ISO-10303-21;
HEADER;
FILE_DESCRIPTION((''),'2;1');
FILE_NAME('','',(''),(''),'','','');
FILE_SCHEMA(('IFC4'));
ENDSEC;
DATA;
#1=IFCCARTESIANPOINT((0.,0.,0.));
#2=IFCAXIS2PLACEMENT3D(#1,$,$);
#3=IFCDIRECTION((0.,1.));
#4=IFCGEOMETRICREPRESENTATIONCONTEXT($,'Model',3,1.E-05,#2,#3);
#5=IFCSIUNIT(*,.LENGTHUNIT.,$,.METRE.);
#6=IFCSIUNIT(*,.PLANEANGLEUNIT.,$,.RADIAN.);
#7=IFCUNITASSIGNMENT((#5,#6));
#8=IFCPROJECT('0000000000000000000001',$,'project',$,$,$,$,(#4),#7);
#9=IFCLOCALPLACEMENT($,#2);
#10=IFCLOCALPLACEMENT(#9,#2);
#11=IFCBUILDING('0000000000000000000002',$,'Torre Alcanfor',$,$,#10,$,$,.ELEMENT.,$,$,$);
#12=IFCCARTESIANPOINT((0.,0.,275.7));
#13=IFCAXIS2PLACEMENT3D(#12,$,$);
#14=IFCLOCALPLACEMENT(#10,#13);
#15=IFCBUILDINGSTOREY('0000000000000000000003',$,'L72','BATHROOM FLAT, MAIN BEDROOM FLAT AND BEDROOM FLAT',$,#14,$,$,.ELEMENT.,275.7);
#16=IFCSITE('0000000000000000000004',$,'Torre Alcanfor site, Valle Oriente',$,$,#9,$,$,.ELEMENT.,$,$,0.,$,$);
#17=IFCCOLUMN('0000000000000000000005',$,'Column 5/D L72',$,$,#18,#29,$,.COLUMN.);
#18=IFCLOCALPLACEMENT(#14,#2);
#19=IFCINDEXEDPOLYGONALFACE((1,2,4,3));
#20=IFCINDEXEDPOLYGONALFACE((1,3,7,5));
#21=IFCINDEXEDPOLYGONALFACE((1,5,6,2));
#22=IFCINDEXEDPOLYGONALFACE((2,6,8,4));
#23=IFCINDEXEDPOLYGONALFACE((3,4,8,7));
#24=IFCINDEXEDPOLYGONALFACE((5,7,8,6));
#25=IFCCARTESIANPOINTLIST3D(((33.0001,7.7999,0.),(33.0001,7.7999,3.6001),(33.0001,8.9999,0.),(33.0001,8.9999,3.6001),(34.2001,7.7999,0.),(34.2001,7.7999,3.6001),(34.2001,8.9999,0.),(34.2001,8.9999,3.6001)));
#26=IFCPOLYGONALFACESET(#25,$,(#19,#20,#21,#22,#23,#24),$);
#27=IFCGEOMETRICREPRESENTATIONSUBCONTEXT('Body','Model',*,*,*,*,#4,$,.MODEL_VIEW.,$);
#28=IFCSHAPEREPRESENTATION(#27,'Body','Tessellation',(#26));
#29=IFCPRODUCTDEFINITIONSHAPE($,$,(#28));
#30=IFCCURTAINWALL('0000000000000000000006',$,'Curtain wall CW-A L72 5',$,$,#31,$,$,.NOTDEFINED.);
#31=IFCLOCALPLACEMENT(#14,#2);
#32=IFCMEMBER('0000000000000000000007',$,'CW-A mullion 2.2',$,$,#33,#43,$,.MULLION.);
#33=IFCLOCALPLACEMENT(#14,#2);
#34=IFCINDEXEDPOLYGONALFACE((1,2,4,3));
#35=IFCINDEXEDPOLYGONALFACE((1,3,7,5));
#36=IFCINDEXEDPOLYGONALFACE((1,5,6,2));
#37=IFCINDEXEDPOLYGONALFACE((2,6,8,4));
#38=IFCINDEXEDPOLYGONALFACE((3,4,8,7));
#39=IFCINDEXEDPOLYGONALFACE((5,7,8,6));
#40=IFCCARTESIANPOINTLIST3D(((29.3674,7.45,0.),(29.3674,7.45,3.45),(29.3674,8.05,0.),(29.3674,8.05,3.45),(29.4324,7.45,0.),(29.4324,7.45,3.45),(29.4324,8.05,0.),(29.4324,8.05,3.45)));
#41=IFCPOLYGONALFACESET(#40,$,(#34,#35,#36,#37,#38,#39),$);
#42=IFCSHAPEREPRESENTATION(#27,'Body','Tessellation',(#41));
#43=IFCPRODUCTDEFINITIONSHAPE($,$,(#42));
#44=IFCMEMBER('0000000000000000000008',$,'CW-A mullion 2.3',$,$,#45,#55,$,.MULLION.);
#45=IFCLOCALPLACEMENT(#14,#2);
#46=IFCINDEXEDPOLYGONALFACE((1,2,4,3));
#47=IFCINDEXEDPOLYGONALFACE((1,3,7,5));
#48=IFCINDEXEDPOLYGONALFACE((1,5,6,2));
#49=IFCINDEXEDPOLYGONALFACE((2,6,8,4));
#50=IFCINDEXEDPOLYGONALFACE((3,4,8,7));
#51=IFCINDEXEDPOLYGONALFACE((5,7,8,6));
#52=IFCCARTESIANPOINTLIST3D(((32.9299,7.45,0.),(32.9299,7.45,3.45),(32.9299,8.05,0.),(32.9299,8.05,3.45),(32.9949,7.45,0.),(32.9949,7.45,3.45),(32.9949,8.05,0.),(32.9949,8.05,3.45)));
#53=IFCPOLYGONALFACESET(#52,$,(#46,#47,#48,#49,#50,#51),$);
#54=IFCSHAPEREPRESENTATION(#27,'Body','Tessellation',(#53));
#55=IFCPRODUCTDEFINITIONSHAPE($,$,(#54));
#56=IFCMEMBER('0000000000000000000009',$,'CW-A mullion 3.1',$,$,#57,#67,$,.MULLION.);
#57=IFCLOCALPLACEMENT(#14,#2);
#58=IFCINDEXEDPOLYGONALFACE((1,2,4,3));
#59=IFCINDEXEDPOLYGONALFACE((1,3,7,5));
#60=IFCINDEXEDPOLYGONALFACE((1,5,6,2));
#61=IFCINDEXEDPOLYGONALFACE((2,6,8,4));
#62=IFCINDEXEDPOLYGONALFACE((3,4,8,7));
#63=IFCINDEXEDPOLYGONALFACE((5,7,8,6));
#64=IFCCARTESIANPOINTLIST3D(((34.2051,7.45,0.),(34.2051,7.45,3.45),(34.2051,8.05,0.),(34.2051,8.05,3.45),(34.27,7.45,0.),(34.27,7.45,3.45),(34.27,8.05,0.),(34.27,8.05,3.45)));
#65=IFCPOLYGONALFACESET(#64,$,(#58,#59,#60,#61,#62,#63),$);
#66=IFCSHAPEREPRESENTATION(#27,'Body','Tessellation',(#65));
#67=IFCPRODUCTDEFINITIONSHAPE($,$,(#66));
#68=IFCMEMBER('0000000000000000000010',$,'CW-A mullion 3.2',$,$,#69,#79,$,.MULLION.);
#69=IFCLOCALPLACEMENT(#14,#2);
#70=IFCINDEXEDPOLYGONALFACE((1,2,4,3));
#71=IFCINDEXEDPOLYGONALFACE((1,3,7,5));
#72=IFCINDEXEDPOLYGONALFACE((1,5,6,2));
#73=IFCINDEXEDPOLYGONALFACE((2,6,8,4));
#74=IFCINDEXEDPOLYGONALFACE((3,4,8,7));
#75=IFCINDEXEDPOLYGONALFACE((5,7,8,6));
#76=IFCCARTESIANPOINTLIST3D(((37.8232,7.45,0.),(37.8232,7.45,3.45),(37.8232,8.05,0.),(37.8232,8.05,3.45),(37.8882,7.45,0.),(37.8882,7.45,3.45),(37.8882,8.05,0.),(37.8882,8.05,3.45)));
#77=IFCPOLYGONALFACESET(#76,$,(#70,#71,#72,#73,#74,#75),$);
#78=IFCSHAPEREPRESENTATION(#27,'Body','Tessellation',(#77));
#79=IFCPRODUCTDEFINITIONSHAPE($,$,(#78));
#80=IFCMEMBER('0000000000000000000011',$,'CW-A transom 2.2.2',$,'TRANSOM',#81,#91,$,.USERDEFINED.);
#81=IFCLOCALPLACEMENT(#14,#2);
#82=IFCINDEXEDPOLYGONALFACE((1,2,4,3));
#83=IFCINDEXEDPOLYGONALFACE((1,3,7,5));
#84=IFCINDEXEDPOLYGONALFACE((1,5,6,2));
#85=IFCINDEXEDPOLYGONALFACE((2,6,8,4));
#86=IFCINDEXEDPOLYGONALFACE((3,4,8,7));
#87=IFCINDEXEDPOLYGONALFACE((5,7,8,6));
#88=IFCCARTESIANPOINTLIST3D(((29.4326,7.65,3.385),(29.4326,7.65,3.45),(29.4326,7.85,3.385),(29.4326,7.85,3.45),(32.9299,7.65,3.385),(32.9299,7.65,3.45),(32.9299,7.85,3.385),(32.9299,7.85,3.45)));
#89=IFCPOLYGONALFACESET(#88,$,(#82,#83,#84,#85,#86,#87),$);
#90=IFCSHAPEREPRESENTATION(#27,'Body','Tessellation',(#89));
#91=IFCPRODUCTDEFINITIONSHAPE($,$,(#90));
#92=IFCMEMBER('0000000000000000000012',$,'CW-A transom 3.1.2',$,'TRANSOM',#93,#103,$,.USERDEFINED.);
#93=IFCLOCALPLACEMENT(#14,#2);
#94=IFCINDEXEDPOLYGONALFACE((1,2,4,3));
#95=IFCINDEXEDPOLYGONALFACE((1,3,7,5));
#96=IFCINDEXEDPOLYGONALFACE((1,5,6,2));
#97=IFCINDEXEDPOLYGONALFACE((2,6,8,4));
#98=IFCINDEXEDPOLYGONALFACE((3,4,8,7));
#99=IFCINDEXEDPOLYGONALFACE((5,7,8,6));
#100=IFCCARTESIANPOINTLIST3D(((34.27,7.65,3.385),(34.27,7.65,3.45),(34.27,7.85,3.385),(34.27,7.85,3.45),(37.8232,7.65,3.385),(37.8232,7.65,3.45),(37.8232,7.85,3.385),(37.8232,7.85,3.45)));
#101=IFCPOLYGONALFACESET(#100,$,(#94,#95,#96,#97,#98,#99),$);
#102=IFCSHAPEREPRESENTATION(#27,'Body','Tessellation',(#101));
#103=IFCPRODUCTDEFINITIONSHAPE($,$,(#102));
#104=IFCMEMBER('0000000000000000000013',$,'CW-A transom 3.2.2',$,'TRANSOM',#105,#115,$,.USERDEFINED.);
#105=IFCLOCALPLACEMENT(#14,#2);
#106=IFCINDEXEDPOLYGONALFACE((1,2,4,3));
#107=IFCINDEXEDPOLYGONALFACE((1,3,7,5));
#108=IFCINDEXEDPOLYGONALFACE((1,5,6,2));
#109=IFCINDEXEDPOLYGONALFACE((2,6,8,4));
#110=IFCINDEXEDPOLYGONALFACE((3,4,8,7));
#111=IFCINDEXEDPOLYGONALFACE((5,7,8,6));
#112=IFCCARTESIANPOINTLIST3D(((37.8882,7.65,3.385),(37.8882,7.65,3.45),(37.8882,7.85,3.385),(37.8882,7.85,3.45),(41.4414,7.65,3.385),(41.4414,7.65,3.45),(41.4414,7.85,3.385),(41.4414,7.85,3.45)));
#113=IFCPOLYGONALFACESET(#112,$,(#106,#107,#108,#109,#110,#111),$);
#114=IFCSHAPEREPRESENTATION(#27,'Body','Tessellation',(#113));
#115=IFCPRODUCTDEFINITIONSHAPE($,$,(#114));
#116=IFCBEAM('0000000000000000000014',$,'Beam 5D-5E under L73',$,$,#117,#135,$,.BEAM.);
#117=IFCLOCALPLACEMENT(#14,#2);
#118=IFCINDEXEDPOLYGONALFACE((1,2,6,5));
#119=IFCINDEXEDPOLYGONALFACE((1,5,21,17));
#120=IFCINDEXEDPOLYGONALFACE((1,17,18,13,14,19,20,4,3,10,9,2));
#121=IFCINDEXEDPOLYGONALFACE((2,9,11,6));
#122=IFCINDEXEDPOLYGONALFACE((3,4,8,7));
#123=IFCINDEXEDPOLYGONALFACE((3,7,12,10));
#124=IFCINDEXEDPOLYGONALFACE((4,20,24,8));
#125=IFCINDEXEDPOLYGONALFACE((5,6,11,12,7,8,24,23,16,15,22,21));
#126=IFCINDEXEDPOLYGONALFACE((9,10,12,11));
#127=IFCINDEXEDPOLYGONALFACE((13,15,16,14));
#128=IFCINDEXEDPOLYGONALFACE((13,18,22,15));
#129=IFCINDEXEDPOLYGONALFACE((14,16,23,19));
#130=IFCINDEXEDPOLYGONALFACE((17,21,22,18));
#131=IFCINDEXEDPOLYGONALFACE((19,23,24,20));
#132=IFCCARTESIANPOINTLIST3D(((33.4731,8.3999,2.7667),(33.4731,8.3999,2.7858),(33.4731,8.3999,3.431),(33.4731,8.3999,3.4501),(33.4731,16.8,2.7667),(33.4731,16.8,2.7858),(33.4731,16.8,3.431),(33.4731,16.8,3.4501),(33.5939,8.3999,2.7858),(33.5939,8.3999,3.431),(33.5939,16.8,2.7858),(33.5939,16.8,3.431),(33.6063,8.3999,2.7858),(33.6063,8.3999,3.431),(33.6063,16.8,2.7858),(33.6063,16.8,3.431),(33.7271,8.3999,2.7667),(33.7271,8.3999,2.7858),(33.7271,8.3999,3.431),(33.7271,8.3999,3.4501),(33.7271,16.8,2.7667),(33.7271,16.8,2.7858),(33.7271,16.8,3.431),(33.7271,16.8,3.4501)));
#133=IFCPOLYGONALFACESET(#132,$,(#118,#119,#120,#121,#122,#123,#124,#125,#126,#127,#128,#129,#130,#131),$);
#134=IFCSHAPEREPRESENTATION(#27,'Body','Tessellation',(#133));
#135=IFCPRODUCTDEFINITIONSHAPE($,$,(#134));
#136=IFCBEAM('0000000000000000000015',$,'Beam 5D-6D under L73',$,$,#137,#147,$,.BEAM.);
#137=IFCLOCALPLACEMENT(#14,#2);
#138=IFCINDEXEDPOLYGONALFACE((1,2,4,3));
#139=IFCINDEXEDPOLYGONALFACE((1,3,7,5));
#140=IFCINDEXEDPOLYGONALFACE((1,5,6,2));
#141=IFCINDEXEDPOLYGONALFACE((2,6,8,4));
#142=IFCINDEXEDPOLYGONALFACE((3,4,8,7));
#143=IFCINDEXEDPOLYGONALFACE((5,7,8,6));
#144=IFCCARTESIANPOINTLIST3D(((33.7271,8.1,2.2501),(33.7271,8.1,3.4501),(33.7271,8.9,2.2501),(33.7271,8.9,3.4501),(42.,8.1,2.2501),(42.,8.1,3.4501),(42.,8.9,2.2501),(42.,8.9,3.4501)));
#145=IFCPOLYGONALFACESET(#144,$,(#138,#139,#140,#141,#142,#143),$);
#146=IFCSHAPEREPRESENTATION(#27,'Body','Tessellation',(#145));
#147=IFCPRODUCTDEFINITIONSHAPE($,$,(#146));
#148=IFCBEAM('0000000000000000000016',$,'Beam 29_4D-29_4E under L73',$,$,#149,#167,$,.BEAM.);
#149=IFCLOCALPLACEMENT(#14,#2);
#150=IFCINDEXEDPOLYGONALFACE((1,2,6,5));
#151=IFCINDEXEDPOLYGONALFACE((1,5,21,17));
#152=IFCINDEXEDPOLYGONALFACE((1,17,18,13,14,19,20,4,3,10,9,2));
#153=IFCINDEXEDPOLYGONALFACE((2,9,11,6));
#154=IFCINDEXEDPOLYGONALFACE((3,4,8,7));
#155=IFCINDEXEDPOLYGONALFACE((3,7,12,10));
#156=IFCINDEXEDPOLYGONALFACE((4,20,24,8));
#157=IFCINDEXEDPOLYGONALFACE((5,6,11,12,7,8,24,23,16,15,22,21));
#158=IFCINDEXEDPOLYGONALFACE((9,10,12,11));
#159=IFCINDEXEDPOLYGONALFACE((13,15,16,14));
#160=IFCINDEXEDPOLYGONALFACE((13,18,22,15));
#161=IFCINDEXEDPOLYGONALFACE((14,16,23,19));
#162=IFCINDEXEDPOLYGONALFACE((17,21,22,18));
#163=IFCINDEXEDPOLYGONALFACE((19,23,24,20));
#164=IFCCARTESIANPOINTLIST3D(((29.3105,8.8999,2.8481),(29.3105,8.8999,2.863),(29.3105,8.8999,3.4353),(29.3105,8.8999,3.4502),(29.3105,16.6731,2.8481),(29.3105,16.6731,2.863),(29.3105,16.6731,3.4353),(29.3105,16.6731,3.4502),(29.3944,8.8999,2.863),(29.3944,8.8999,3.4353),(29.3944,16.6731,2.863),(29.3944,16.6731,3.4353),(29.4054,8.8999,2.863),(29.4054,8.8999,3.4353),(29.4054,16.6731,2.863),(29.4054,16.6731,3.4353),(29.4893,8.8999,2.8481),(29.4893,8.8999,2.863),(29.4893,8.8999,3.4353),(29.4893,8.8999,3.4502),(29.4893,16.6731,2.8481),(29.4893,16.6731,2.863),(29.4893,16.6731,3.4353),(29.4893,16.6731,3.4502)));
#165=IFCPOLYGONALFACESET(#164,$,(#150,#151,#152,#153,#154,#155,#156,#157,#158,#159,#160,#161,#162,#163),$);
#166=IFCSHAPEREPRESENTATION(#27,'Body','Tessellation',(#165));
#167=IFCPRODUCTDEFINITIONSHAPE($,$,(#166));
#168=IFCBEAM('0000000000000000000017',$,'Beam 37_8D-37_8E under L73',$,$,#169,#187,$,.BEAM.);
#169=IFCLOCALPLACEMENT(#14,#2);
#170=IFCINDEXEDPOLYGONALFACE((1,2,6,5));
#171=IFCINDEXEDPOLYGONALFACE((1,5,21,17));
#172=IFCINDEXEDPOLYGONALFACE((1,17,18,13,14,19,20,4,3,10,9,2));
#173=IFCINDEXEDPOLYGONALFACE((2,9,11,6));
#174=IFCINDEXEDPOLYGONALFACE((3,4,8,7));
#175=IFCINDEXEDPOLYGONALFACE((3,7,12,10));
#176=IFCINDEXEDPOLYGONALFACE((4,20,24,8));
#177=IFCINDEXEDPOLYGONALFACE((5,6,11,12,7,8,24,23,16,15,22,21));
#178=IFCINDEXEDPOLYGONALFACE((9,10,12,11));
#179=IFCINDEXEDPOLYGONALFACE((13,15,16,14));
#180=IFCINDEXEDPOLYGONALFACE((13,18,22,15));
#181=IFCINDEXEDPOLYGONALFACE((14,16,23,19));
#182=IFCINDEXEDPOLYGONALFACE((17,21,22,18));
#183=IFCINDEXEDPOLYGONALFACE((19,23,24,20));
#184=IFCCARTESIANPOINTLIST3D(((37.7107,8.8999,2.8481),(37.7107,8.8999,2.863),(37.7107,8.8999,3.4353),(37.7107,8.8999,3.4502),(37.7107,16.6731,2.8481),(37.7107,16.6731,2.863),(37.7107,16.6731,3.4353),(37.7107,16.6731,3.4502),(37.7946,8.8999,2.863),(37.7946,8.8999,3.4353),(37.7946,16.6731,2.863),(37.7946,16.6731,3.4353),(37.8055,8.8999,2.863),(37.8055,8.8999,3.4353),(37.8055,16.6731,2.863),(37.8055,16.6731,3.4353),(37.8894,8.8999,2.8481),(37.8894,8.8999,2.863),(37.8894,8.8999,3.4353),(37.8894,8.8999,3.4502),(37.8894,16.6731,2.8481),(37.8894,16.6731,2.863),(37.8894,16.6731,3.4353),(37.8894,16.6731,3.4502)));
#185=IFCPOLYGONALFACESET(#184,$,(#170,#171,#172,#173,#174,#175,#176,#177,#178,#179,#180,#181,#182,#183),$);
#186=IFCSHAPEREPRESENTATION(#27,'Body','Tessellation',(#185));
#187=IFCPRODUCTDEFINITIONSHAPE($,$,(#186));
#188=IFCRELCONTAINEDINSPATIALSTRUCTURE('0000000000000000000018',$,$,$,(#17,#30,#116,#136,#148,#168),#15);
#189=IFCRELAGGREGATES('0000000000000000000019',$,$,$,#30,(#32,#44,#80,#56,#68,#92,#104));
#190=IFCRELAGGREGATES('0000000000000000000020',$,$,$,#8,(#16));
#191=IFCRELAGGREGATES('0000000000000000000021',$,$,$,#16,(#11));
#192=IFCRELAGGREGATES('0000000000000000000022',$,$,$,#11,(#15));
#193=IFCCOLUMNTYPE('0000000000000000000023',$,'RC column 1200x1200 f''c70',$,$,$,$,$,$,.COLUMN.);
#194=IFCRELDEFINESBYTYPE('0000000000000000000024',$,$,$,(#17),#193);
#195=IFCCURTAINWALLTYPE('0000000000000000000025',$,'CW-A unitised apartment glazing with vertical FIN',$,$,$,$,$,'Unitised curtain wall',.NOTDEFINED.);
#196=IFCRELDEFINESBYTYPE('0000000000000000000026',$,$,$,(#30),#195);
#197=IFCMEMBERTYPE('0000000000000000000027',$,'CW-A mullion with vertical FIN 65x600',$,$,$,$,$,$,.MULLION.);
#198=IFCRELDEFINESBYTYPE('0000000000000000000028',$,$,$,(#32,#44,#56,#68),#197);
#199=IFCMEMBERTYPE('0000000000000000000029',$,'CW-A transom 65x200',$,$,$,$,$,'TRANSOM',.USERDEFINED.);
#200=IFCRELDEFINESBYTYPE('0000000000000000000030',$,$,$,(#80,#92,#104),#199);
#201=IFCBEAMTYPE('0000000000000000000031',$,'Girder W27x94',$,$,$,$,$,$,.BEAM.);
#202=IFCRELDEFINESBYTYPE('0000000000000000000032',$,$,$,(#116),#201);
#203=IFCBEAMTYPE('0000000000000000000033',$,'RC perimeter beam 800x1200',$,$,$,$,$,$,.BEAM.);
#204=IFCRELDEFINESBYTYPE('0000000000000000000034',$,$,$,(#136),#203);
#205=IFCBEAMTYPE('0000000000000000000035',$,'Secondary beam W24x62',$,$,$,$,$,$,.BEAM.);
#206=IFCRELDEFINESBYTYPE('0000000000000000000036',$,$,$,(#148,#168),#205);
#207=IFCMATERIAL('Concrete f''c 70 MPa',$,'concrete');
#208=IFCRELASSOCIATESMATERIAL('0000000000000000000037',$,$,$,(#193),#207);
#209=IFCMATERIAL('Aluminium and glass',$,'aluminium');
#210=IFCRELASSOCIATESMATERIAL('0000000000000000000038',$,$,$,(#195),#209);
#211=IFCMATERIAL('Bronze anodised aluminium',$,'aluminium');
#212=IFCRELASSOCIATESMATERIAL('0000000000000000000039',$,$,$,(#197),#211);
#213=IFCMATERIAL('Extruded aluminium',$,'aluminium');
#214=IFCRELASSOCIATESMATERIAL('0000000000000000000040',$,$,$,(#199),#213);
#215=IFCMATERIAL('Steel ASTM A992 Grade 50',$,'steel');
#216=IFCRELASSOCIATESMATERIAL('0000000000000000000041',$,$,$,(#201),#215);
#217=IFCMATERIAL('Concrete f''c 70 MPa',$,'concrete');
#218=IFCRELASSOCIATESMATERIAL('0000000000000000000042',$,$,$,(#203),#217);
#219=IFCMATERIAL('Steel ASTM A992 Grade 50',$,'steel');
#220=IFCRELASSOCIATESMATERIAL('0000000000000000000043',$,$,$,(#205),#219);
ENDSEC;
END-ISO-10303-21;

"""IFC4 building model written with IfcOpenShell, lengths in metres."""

from ifc_helpers import new_model, si_unit, direction, frame, origin, origin_2d, place, context, subcontext, project, spatial, rectangle, i_section, extrude, material, material_profile, profile_set, type_object, element, aggregate, save


model = new_model("IFC4")

# Units and contexts
model_context = context("Model", 3, precision=1e-05, world=origin(), true_north=direction((0.0, 1.0)))
body_context = subcontext(model_context, "Body", "Model", "MODEL_VIEW")
ifc_project = project(units=[si_unit("LENGTHUNIT", "METRE"), si_unit("PLANEANGLEUNIT", "RADIAN")], contexts=[model_context])

# Site, building, storey
site_placement = place(None, origin())
site = spatial("IfcSite", under=ifc_project, at=site_placement, Name="Torre Alcanfor site, Valle Oriente", CompositionType="ELEMENT", RefElevation=0.0)
building_placement = place(site_placement, origin())
building = spatial("IfcBuilding", under=site, at=building_placement, Name="Torre Alcanfor", CompositionType="ELEMENT")
storey_placement = place(building_placement, frame((0.0, 0.0, 275.7)))
storey = spatial("IfcBuildingStorey", under=building, at=storey_placement, Name="L72", Description="BATHROOM FLAT, MAIN BEDROOM FLAT AND BEDROOM FLAT", CompositionType="ELEMENT", Elevation=275.7)

# Column
ifc_material_1 = material(Name="Concrete f'c 70 MPa", Category="concrete")
ifc_material_profile_1 = material_profile(ifc_material_1, rectangle(XDim=1.2, YDim=1.2, at=origin_2d()), Name="1200x1200")
ifc_profile_set_1 = profile_set([ifc_material_profile_1], Name="Concrete f'c 70 MPa")
column_type = type_object("IfcColumnType", Name="RC column 1200x1200 f'c70", PredefinedType="COLUMN", material=ifc_profile_set_1)
column_placement = place(storey_placement, frame((33.6001, 8.3999, 0.0), z_axis=(0.0, 0.0, 1.0), x_axis=(1.0, 0.0, 0.0)))
element("IfcColumn", 1, at=column_placement, inside=storey, type_object=column_type, Name="Column 5/D L72", PredefinedType="COLUMN", context=body_context, shape_type="SweptSolid", body=[
    extrude(rectangle(XDim=1.2, YDim=1.2, at=origin_2d()), origin(), (0.0, 0.0, 1.0), 3.6001),
])

# Curtain wall, members
ifc_material_2 = material(Name="Aluminium and glass", Category="aluminium")
curtain_wall_type = type_object("IfcCurtainWallType", Name="CW-A unitised apartment glazing with vertical FIN", ElementType="Unitised curtain wall", PredefinedType="NOTDEFINED", material=ifc_material_2)
curtain_wall_placement = place(storey_placement, origin())
curtain_wall = element("IfcCurtainWall", 2, at=curtain_wall_placement, inside=storey, type_object=curtain_wall_type, Name="Curtain wall CW-A L72 5", PredefinedType="NOTDEFINED")
ifc_material_3 = material(Name="Bronze anodised aluminium", Category="aluminium")
ifc_material_profile_2 = material_profile(ifc_material_3, rectangle(XDim=0.6001, YDim=0.0649, at=origin_2d()), Name="CW-A mullion 65x600")
ifc_profile_set_2 = profile_set([ifc_material_profile_2], Name="Bronze anodised aluminium")
member_type_1 = type_object("IfcMemberType", Name="CW-A mullion with vertical FIN 65x600", PredefinedType="MULLION", material=ifc_profile_set_2)
member_1_placement = place(storey_placement, frame((29.3999, 7.75, 0.0), z_axis=(0.0, 0.0, 1.0), x_axis=(0.0, 1.0, 0.0)))
member_1 = element("IfcMember", 3, at=member_1_placement, type_object=member_type_1, Name="CW-A mullion 2.2", PredefinedType="MULLION", context=body_context, shape_type="SweptSolid", body=[
    extrude(rectangle(XDim=0.6001, YDim=0.0649, at=origin_2d()), origin(), (0.0, 0.0, 1.0), 3.45),
])
member_2_placement = place(storey_placement, frame((32.9624, 7.75, 0.0), z_axis=(0.0, 0.0, 1.0), x_axis=(0.0, 1.0, 0.0)))
member_2 = element("IfcMember", 4, at=member_2_placement, type_object=member_type_1, Name="CW-A mullion 2.3", PredefinedType="MULLION", context=body_context, shape_type="SweptSolid", body=[
    extrude(rectangle(XDim=0.6001, YDim=0.0649, at=origin_2d()), origin(), (0.0, 0.0, 1.0), 3.45),
])
member_3_placement = place(storey_placement, frame((34.2375, 7.75, 0.0), z_axis=(0.0, 0.0, 1.0), x_axis=(0.0, 1.0, 0.0)))
member_3 = element("IfcMember", 5, at=member_3_placement, type_object=member_type_1, Name="CW-A mullion 3.1", PredefinedType="MULLION", context=body_context, shape_type="SweptSolid", body=[
    extrude(rectangle(XDim=0.6001, YDim=0.0649, at=origin_2d()), origin(), (0.0, 0.0, 1.0), 3.45),
])
member_4_placement = place(storey_placement, frame((37.8557, 7.75, 0.0), z_axis=(0.0, 0.0, 1.0), x_axis=(0.0, 1.0, 0.0)))
member_4 = element("IfcMember", 6, at=member_4_placement, type_object=member_type_1, Name="CW-A mullion 3.2", PredefinedType="MULLION", context=body_context, shape_type="SweptSolid", body=[
    extrude(rectangle(XDim=0.6001, YDim=0.0649, at=origin_2d()), origin(), (0.0, 0.0, 1.0), 3.45),
])
ifc_material_4 = material(Name="Extruded aluminium", Category="aluminium")
ifc_material_profile_3 = material_profile(ifc_material_4, rectangle(XDim=0.2, YDim=0.0649, at=origin_2d()), Name="CW-A transom 200x65")
ifc_profile_set_3 = profile_set([ifc_material_profile_3], Name="Extruded aluminium")
member_type_2 = type_object("IfcMemberType", Name="CW-A transom 65x200", ElementType="TRANSOM", PredefinedType="USERDEFINED", material=ifc_profile_set_3)
member_5_placement = place(storey_placement, frame((29.4326, 7.75, 3.4175), z_axis=(1.0, 0.0, 0.0), x_axis=(0.0, 1.0, 0.0)))
member_5 = element("IfcMember", 7, at=member_5_placement, type_object=member_type_2, Name="CW-A transom 2.2.2", ObjectType="TRANSOM", PredefinedType="USERDEFINED", context=body_context, shape_type="SweptSolid", body=[
    extrude(rectangle(XDim=0.2, YDim=0.0649, at=origin_2d()), origin(), (0.0, 0.0, 1.0), 3.4973),
])
member_6_placement = place(storey_placement, frame((34.27, 7.75, 3.4175), z_axis=(1.0, 0.0, 0.0), x_axis=(0.0, 1.0, 0.0)))
member_6 = element("IfcMember", 8, at=member_6_placement, type_object=member_type_2, Name="CW-A transom 3.1.2", ObjectType="TRANSOM", PredefinedType="USERDEFINED", context=body_context, shape_type="SweptSolid", body=[
    extrude(rectangle(XDim=0.2, YDim=0.0649, at=origin_2d()), origin(), (0.0, 0.0, 1.0), 3.5532),
])
member_7_placement = place(storey_placement, frame((37.8882, 7.75, 3.4175), z_axis=(1.0, 0.0, 0.0), x_axis=(0.0, 1.0, 0.0)))
member_7 = element("IfcMember", 9, at=member_7_placement, type_object=member_type_2, Name="CW-A transom 3.2.2", ObjectType="TRANSOM", PredefinedType="USERDEFINED", context=body_context, shape_type="SweptSolid", body=[
    extrude(rectangle(XDim=0.2, YDim=0.0649, at=origin_2d()), origin(), (0.0, 0.0, 1.0), 3.5532),
])

# Beams
ifc_material_5 = material(Name="Steel ASTM A992 Grade 50", Category="steel")
ifc_material_profile_4 = material_profile(ifc_material_5, i_section(OverallWidth=0.2539, OverallDepth=0.6833, WebThickness=0.0125, FlangeThickness=0.019, at=origin_2d()), Name="W27x94")
ifc_profile_set_4 = profile_set([ifc_material_profile_4], Name="Steel ASTM A992 Grade 50")
beam_type_1 = type_object("IfcBeamType", Name="Girder W27x94", PredefinedType="BEAM", material=ifc_profile_set_4)
beam_1_placement = place(storey_placement, frame((33.6001, 8.3999, 3.1084), z_axis=(0.0, 1.0, 0.0), x_axis=(-1.0, 0.0, 0.0)))
element("IfcBeam", 10, at=beam_1_placement, inside=storey, type_object=beam_type_1, Name="Beam 5D-5E under L73", PredefinedType="BEAM", context=body_context, shape_type="SweptSolid", body=[
    extrude(i_section(OverallWidth=0.2539, OverallDepth=0.6833, WebThickness=0.0125, FlangeThickness=0.019, at=origin_2d()), origin(), (0.0, 0.0, 1.0), 8.4001),
])
ifc_material_6 = material(Name="Concrete f'c 70 MPa", Category="concrete")
ifc_material_profile_5 = material_profile(ifc_material_6, rectangle(XDim=0.8, YDim=1.2, at=origin_2d()), Name="800x1200")
ifc_profile_set_5 = profile_set([ifc_material_profile_5], Name="Concrete f'c 70 MPa")
beam_type_2 = type_object("IfcBeamType", Name="RC perimeter beam 800x1200", PredefinedType="BEAM", material=ifc_profile_set_5)
beam_2_placement = place(storey_placement, frame((33.7271, 8.5, 2.8501), z_axis=(1.0, 0.0, 0.0), x_axis=(0.0, 1.0, 0.0)))
element("IfcBeam", 11, at=beam_2_placement, inside=storey, type_object=beam_type_2, Name="Beam 5D-6D under L73", PredefinedType="BEAM", context=body_context, shape_type="SweptSolid", body=[
    extrude(rectangle(XDim=0.8, YDim=1.2, at=origin_2d()), origin(), (0.0, 0.0, 1.0), 8.2729),
])
ifc_material_7 = material(Name="Steel ASTM A992 Grade 50", Category="steel")
ifc_material_profile_6 = material_profile(ifc_material_7, i_section(OverallWidth=0.1787, OverallDepth=0.6021, WebThickness=0.011, FlangeThickness=0.0149, at=origin_2d()), Name="W24x62")
ifc_profile_set_6 = profile_set([ifc_material_profile_6], Name="Steel ASTM A992 Grade 50")
beam_type_3 = type_object("IfcBeamType", Name="Secondary beam W24x62", PredefinedType="BEAM", material=ifc_profile_set_6)
for number, where, z_axis, x_axis, name in (
    (12, (29.3999, 8.8999, 3.1492), (0.0, 1.0, 0.0), (-1.0, 0.0, 0.0), "Beam 29_4D-29_4E under L73"),
    (13, (37.8, 8.8999, 3.1492), (0.0, 1.0, 0.0), (-1.0, 0.0, 0.0), "Beam 37_8D-37_8E under L73"),
):
    element("IfcBeam", number, at=place(storey_placement, frame(where, z_axis=z_axis, x_axis=x_axis)), inside=storey, type_object=beam_type_3, Name=name, PredefinedType="BEAM", context=body_context, shape_type="SweptSolid", body=[
        extrude(i_section(OverallWidth=0.1787, OverallDepth=0.6021, WebThickness=0.011, FlangeThickness=0.0149, at=origin_2d()), origin(), (0.0, 0.0, 1.0), 7.7732),
    ])

aggregate(curtain_wall, [member_1, member_2, member_5, member_3, member_4, member_6, member_7])

save(model, "model.ifc")
